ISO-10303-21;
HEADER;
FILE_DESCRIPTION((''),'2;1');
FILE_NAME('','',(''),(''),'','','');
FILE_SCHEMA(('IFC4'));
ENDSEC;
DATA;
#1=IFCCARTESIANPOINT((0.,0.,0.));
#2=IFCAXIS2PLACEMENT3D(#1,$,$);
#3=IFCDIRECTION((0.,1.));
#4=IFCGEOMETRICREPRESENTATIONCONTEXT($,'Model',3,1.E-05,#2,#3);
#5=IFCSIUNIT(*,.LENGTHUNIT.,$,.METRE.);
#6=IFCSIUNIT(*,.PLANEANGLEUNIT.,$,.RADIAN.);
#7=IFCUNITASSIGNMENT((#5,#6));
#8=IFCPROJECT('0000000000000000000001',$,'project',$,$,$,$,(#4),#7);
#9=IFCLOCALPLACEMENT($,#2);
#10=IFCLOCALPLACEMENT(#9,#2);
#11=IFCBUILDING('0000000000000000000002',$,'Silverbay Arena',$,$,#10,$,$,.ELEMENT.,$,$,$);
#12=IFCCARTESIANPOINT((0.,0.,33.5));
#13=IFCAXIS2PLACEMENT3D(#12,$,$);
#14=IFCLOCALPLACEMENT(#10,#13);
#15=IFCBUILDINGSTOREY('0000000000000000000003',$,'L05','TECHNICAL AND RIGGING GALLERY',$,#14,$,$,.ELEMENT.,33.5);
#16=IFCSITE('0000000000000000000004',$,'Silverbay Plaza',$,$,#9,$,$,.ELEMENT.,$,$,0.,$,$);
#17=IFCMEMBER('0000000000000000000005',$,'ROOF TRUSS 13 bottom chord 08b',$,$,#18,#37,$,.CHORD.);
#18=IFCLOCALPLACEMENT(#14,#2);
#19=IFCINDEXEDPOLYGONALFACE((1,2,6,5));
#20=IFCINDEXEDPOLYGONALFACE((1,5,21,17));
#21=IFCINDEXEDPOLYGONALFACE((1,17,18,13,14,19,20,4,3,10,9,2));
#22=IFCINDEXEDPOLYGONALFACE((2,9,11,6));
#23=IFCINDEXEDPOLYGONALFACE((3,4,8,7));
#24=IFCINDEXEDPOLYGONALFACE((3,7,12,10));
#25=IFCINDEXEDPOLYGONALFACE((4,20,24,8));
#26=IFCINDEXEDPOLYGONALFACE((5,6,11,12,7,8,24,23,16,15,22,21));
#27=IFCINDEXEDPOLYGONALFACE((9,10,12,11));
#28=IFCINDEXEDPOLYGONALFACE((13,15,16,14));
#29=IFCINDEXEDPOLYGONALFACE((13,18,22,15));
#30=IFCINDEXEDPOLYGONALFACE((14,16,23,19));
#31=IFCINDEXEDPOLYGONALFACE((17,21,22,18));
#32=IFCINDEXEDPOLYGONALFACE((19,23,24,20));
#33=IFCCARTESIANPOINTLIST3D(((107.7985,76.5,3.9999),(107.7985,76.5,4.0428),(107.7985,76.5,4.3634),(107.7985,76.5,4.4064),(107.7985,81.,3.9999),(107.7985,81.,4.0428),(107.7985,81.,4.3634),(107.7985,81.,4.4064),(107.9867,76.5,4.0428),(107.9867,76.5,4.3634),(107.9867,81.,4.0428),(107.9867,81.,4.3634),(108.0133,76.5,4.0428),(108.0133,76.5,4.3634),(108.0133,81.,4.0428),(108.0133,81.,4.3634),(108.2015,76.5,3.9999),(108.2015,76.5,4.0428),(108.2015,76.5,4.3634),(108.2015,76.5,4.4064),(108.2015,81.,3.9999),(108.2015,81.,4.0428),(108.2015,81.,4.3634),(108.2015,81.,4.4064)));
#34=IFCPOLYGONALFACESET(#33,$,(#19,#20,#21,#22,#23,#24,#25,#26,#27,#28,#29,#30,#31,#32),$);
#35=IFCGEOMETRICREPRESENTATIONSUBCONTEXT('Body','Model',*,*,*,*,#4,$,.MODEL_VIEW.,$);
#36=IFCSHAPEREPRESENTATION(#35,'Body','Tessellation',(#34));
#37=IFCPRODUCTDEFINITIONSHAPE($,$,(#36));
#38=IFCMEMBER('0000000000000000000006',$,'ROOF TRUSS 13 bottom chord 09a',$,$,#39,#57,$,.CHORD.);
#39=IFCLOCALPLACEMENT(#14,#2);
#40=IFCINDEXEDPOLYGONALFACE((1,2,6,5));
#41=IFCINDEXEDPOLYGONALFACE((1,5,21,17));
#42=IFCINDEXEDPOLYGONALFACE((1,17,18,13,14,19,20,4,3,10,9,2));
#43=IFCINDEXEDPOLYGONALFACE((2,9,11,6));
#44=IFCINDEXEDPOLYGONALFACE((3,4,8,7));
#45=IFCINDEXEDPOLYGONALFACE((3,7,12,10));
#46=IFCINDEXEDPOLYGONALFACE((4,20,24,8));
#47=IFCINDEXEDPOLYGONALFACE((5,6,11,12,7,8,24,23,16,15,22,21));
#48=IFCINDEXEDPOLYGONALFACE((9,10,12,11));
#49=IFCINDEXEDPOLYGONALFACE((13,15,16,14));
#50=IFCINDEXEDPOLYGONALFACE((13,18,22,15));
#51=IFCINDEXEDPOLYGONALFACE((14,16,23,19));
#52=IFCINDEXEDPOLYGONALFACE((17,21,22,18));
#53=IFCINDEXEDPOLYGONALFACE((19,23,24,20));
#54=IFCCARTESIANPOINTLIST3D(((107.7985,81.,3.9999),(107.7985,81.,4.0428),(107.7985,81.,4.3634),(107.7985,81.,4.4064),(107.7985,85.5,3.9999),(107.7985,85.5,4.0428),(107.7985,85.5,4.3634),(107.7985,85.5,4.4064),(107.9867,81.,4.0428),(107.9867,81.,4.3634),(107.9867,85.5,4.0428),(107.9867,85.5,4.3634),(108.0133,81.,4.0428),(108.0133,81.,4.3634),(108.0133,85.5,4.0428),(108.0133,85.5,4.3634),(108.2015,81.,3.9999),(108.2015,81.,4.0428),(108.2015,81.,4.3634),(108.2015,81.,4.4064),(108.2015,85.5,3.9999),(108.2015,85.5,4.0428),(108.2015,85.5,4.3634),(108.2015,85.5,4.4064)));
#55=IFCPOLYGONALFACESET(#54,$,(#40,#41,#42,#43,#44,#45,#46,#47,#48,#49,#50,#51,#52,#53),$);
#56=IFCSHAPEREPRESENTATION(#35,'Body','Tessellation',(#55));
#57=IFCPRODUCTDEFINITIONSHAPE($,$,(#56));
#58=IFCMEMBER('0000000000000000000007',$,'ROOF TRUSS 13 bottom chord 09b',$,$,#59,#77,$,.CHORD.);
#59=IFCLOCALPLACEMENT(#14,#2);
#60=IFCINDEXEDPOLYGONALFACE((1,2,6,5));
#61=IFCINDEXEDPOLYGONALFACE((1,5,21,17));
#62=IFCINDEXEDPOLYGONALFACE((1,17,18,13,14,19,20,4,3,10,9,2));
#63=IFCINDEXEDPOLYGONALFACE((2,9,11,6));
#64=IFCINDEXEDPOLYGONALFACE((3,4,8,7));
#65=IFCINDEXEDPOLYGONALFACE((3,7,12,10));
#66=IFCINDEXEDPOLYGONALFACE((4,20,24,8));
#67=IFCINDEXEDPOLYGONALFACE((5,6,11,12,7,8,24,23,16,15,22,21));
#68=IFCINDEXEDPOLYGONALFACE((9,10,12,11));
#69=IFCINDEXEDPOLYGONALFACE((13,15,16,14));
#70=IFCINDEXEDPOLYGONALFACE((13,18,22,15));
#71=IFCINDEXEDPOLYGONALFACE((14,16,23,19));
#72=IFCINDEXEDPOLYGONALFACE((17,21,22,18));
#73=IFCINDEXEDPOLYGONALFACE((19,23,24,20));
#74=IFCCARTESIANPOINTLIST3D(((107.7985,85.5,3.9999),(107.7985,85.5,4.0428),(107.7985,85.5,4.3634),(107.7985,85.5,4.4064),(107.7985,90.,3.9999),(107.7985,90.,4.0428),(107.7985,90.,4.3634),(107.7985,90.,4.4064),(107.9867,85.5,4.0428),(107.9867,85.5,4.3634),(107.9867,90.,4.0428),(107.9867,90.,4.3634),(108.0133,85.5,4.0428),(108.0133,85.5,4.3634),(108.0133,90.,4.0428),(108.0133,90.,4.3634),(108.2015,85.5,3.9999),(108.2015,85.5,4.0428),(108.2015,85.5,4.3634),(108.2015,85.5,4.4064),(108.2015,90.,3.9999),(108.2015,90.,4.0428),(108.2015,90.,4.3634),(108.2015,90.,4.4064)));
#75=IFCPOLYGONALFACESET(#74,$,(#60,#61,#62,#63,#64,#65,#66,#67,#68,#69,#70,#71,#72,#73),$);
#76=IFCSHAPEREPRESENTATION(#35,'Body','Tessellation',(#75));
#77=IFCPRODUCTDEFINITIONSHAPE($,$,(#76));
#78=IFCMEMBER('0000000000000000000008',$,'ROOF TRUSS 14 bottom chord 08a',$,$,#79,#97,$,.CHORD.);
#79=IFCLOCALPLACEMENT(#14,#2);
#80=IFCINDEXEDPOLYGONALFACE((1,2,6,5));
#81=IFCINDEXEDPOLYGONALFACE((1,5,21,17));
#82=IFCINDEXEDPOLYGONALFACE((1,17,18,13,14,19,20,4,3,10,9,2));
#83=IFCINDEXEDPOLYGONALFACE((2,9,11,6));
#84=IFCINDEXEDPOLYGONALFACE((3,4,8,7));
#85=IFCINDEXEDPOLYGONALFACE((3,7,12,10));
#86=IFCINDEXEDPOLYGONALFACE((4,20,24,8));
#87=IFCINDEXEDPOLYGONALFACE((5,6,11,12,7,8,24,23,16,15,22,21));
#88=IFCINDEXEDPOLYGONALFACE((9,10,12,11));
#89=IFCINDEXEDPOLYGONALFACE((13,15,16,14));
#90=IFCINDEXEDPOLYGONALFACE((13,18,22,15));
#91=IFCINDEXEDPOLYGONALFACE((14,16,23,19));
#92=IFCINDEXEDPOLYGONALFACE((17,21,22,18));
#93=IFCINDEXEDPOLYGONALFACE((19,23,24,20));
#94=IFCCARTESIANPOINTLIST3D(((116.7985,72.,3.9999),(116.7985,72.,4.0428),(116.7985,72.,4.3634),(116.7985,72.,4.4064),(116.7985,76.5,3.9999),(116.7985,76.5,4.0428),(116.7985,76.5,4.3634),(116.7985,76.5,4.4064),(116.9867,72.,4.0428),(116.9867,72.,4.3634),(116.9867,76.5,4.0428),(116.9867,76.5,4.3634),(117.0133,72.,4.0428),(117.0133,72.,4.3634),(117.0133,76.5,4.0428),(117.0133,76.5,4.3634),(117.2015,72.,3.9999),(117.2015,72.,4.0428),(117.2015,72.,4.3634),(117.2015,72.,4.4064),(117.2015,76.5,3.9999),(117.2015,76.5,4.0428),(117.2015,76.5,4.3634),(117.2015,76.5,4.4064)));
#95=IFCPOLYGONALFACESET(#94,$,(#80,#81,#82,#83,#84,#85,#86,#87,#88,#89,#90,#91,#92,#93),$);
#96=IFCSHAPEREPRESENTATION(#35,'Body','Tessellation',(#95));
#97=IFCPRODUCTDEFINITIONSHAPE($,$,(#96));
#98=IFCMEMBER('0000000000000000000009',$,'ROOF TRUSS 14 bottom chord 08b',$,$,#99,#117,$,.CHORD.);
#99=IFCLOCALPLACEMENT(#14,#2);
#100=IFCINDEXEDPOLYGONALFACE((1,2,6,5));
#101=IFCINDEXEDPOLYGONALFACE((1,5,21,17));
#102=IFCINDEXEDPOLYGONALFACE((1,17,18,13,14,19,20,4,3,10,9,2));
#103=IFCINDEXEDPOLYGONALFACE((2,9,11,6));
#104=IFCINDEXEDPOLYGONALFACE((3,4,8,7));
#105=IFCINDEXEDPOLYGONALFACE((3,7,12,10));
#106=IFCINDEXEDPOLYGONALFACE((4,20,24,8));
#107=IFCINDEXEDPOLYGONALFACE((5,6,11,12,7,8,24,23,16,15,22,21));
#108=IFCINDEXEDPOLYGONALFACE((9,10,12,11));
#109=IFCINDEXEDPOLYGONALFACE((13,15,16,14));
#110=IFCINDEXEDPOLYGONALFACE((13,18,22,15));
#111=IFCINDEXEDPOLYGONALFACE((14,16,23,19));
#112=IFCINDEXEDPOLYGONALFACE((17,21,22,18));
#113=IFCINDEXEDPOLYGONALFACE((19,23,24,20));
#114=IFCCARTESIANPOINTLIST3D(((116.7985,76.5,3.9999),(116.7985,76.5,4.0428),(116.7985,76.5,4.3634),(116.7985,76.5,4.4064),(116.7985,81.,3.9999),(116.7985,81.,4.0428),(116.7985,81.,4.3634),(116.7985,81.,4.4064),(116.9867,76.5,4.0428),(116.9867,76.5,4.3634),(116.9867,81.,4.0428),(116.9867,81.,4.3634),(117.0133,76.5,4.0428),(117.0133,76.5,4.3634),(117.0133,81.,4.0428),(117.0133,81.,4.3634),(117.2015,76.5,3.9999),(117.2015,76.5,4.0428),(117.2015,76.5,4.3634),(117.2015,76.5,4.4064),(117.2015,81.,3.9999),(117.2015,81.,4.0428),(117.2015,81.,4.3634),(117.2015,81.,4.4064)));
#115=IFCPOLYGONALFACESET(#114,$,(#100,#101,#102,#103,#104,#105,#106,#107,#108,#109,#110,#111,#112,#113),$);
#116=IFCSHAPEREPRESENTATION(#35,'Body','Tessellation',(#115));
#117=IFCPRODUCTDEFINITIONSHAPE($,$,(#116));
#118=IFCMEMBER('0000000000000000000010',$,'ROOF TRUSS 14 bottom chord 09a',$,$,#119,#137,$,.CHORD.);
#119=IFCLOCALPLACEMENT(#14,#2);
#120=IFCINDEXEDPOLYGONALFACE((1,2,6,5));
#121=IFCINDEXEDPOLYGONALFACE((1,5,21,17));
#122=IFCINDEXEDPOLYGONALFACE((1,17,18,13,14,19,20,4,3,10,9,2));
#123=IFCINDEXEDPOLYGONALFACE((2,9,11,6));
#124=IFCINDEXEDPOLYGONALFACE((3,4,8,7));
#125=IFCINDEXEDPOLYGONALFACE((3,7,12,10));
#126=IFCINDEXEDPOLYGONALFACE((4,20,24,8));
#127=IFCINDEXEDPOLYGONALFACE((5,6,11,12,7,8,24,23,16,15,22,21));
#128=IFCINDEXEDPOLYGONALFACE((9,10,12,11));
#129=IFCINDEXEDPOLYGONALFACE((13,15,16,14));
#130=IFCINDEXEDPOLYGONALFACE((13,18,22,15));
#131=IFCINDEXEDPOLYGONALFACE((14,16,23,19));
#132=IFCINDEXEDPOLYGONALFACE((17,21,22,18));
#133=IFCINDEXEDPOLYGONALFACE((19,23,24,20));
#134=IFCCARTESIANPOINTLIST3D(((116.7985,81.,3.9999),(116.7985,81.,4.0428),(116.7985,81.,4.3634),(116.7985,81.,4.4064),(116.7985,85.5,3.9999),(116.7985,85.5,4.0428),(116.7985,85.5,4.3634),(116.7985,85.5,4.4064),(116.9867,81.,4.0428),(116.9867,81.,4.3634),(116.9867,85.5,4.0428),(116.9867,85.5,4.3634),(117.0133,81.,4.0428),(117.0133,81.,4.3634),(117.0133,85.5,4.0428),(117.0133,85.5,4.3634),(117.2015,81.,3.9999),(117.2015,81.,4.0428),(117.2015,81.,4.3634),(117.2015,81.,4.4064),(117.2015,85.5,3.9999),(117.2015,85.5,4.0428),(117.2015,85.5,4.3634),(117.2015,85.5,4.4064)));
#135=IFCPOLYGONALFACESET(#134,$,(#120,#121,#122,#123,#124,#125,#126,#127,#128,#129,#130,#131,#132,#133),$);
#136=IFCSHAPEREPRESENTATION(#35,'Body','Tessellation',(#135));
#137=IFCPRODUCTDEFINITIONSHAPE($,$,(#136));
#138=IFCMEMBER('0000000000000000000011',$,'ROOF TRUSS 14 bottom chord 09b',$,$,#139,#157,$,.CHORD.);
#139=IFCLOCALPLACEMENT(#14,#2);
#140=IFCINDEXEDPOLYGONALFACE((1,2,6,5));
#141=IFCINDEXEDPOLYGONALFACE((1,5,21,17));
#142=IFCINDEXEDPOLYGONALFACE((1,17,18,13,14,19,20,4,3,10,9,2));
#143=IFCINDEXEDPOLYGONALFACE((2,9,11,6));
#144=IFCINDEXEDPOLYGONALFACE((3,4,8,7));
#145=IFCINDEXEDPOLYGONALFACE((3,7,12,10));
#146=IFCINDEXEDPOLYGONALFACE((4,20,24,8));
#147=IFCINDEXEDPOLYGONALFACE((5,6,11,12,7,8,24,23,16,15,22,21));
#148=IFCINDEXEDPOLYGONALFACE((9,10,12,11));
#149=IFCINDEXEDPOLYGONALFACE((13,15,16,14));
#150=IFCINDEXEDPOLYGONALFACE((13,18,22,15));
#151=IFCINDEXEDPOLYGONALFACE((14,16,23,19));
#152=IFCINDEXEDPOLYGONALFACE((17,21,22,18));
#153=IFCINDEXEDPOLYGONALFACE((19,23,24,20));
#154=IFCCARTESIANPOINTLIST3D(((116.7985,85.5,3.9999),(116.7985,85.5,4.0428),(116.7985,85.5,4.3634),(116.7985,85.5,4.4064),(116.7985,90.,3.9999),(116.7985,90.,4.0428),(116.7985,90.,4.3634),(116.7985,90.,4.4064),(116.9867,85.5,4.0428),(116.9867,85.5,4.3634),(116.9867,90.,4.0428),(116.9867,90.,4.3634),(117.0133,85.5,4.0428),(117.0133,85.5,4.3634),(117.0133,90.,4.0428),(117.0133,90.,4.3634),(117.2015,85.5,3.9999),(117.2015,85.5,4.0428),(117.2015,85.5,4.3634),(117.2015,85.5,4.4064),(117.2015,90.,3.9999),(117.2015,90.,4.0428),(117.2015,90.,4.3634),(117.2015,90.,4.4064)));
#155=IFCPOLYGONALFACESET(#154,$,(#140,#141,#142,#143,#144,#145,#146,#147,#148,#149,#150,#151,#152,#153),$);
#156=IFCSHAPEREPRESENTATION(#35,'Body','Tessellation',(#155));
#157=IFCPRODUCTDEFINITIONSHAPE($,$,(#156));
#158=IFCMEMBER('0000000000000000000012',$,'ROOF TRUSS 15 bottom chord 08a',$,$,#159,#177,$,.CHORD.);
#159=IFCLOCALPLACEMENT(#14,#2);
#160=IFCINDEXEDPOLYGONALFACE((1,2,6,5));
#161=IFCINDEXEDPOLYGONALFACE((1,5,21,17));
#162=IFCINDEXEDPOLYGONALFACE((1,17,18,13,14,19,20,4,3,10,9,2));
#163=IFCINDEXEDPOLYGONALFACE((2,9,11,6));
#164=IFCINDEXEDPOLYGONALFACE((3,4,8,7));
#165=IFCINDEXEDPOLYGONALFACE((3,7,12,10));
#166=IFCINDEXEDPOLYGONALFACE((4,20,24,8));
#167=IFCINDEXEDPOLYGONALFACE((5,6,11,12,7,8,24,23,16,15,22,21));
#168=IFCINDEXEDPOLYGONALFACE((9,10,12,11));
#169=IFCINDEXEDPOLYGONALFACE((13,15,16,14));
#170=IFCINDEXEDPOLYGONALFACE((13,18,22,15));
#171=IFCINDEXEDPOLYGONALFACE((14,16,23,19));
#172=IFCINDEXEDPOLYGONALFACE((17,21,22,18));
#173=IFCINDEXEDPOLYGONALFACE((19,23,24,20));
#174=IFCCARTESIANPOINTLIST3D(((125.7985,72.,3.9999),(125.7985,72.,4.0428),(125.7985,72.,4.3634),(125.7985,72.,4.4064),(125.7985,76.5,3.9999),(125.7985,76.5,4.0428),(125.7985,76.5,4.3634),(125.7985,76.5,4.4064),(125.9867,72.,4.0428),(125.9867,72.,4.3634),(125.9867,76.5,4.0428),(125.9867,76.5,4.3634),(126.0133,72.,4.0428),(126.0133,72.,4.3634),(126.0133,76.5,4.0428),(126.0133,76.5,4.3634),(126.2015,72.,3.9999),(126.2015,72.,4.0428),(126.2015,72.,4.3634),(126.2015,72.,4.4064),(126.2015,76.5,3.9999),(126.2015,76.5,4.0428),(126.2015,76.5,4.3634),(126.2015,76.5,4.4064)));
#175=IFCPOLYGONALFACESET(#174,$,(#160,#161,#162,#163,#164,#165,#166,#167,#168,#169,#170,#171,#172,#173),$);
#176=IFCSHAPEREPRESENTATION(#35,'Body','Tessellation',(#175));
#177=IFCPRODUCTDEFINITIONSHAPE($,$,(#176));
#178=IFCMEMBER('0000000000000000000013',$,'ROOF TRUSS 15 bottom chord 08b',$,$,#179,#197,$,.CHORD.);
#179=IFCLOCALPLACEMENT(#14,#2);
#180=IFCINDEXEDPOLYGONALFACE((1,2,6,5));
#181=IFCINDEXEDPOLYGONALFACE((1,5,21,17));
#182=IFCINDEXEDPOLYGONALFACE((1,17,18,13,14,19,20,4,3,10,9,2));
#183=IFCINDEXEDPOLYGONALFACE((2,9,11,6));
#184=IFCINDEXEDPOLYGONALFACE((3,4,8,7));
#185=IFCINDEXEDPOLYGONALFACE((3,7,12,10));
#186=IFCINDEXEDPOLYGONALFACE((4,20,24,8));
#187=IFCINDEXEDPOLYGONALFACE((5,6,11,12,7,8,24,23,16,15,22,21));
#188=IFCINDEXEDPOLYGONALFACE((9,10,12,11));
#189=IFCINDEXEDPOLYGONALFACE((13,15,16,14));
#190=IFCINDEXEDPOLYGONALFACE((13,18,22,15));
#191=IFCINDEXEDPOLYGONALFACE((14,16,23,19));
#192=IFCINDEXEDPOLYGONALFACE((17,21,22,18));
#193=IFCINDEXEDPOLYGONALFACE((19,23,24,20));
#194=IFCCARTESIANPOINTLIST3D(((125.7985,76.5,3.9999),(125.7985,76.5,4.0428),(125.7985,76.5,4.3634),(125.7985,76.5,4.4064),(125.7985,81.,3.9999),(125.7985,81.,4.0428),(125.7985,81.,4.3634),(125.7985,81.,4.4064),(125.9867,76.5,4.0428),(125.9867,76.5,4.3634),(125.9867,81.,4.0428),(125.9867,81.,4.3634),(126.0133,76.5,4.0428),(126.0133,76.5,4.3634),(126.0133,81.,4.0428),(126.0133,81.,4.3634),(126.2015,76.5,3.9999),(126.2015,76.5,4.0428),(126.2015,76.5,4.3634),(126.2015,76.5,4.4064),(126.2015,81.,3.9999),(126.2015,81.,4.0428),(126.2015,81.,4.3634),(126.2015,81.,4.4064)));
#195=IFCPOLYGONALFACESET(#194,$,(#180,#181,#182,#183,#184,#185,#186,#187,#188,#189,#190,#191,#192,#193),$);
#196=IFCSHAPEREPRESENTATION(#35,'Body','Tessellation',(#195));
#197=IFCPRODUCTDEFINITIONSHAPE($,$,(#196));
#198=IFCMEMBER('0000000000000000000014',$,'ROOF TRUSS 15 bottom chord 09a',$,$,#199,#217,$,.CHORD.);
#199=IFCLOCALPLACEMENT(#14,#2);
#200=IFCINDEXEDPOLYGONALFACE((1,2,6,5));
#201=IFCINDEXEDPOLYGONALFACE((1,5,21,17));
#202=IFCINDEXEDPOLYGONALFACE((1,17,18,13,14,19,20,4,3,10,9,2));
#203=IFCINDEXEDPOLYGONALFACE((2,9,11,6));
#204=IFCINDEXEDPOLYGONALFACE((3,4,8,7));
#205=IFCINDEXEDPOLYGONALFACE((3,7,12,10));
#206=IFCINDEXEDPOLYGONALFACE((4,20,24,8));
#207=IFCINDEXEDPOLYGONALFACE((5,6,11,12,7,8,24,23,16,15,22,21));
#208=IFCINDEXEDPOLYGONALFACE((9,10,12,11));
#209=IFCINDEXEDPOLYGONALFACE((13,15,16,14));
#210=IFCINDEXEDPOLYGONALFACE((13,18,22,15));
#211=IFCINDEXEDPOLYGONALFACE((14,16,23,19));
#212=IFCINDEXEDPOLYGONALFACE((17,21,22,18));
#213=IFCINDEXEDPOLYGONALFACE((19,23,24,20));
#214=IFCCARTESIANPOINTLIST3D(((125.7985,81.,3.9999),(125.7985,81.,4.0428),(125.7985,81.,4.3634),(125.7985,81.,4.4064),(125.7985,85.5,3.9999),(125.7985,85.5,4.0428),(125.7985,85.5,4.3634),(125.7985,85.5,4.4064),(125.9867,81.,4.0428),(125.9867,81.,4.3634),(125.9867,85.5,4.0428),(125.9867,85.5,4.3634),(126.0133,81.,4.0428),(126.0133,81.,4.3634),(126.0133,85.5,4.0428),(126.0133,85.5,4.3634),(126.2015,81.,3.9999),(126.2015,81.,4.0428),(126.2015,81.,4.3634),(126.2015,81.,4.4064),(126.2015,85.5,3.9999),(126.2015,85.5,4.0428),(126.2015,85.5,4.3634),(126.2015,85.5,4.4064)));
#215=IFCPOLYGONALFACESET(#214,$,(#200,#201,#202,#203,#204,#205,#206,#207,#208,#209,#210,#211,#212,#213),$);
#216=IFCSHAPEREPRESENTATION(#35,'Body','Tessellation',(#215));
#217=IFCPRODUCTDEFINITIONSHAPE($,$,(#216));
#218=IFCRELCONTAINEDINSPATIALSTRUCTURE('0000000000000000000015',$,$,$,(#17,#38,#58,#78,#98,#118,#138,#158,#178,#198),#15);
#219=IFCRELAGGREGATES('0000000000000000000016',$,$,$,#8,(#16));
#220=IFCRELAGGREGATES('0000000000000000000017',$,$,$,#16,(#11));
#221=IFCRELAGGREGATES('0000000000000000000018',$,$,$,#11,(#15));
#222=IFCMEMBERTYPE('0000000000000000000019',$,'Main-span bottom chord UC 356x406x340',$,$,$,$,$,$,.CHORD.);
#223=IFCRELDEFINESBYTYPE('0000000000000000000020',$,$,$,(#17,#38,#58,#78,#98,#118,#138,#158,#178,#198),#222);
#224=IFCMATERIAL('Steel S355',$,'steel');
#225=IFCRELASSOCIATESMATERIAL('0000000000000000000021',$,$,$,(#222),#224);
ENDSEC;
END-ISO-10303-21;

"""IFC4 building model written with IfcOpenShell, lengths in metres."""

from ifc_helpers import new_model, si_unit, direction, frame, origin, origin_2d, place, context, subcontext, project, spatial, i_section, extrude, material, material_profile, profile_set, type_object, element, save


model = new_model("IFC4")

# Units and contexts
model_context = context("Model", 3, precision=1e-05, world=origin(), true_north=direction((0.0, 1.0)))
body_context = subcontext(model_context, "Body", "Model", "MODEL_VIEW")
ifc_project = project(units=[si_unit("LENGTHUNIT", "METRE"), si_unit("PLANEANGLEUNIT", "RADIAN")], contexts=[model_context])

# Site, building, storey
site_placement = place(None, origin())
site = spatial("IfcSite", under=ifc_project, at=site_placement, Name="Silverbay Plaza", CompositionType="ELEMENT", RefElevation=0.0)
building_placement = place(site_placement, origin())
building = spatial("IfcBuilding", under=site, at=building_placement, Name="Silverbay Arena", CompositionType="ELEMENT")
storey_placement = place(building_placement, frame((0.0, 0.0, 33.5)))
storey = spatial("IfcBuildingStorey", under=building, at=storey_placement, Name="L05", Description="TECHNICAL AND RIGGING GALLERY", CompositionType="ELEMENT", Elevation=33.5)

# Members
ifc_material_1 = material(Name="Steel S355", Category="steel")
ifc_material_profile_1 = material_profile(ifc_material_1, i_section(OverallWidth=0.4031, OverallDepth=0.4065, WebThickness=0.0266, FlangeThickness=0.043, at=origin_2d()), Name="UC 356x406x340")
ifc_profile_set_1 = profile_set([ifc_material_profile_1], Name="Steel S355")
member_type_1 = type_object("IfcMemberType", Name="Main-span bottom chord UC 356x406x340", PredefinedType="CHORD", material=ifc_profile_set_1)
for number, where, z_axis, x_axis, name in (
    (1, (108.0, 76.5, 4.2031), (0.0, 1.0, 0.0), (-1.0, 0.0, 0.0), "ROOF TRUSS 13 bottom chord 08b"),
    (2, (108.0, 81.0, 4.2031), (0.0, 1.0, 0.0), (-1.0, 0.0, 0.0), "ROOF TRUSS 13 bottom chord 09a"),
    (3, (108.0, 85.5, 4.2031), (0.0, 1.0, 0.0), (-1.0, 0.0, 0.0), "ROOF TRUSS 13 bottom chord 09b"),
    (4, (117.0, 72.0, 4.2031), (0.0, 1.0, 0.0), (-1.0, 0.0, 0.0), "ROOF TRUSS 14 bottom chord 08a"),
    (5, (117.0, 76.5, 4.2031), (0.0, 1.0, 0.0), (-1.0, 0.0, 0.0), "ROOF TRUSS 14 bottom chord 08b"),
    (6, (117.0, 81.0, 4.2031), (0.0, 1.0, 0.0), (-1.0, 0.0, 0.0), "ROOF TRUSS 14 bottom chord 09a"),
    (7, (117.0, 85.5, 4.2031), (0.0, 1.0, 0.0), (-1.0, 0.0, 0.0), "ROOF TRUSS 14 bottom chord 09b"),
    (8, (126.0, 72.0, 4.2031), (0.0, 1.0, 0.0), (-1.0, 0.0, 0.0), "ROOF TRUSS 15 bottom chord 08a"),
    (9, (126.0, 76.5, 4.2031), (0.0, 1.0, 0.0), (-1.0, 0.0, 0.0), "ROOF TRUSS 15 bottom chord 08b"),
    (10, (126.0, 81.0, 4.2031), (0.0, 1.0, 0.0), (-1.0, 0.0, 0.0), "ROOF TRUSS 15 bottom chord 09a"),
):
    element("IfcMember", number, at=place(storey_placement, frame(where, z_axis=z_axis, x_axis=x_axis)), inside=storey, type_object=member_type_1, Name=name, PredefinedType="CHORD", context=body_context, shape_type="SweptSolid", body=[
        extrude(i_section(OverallWidth=0.4031, OverallDepth=0.4065, WebThickness=0.0266, FlangeThickness=0.043, at=origin_2d()), origin(), (0.0, 0.0, 1.0), 4.5),
    ])

save(model, "model.ifc")
